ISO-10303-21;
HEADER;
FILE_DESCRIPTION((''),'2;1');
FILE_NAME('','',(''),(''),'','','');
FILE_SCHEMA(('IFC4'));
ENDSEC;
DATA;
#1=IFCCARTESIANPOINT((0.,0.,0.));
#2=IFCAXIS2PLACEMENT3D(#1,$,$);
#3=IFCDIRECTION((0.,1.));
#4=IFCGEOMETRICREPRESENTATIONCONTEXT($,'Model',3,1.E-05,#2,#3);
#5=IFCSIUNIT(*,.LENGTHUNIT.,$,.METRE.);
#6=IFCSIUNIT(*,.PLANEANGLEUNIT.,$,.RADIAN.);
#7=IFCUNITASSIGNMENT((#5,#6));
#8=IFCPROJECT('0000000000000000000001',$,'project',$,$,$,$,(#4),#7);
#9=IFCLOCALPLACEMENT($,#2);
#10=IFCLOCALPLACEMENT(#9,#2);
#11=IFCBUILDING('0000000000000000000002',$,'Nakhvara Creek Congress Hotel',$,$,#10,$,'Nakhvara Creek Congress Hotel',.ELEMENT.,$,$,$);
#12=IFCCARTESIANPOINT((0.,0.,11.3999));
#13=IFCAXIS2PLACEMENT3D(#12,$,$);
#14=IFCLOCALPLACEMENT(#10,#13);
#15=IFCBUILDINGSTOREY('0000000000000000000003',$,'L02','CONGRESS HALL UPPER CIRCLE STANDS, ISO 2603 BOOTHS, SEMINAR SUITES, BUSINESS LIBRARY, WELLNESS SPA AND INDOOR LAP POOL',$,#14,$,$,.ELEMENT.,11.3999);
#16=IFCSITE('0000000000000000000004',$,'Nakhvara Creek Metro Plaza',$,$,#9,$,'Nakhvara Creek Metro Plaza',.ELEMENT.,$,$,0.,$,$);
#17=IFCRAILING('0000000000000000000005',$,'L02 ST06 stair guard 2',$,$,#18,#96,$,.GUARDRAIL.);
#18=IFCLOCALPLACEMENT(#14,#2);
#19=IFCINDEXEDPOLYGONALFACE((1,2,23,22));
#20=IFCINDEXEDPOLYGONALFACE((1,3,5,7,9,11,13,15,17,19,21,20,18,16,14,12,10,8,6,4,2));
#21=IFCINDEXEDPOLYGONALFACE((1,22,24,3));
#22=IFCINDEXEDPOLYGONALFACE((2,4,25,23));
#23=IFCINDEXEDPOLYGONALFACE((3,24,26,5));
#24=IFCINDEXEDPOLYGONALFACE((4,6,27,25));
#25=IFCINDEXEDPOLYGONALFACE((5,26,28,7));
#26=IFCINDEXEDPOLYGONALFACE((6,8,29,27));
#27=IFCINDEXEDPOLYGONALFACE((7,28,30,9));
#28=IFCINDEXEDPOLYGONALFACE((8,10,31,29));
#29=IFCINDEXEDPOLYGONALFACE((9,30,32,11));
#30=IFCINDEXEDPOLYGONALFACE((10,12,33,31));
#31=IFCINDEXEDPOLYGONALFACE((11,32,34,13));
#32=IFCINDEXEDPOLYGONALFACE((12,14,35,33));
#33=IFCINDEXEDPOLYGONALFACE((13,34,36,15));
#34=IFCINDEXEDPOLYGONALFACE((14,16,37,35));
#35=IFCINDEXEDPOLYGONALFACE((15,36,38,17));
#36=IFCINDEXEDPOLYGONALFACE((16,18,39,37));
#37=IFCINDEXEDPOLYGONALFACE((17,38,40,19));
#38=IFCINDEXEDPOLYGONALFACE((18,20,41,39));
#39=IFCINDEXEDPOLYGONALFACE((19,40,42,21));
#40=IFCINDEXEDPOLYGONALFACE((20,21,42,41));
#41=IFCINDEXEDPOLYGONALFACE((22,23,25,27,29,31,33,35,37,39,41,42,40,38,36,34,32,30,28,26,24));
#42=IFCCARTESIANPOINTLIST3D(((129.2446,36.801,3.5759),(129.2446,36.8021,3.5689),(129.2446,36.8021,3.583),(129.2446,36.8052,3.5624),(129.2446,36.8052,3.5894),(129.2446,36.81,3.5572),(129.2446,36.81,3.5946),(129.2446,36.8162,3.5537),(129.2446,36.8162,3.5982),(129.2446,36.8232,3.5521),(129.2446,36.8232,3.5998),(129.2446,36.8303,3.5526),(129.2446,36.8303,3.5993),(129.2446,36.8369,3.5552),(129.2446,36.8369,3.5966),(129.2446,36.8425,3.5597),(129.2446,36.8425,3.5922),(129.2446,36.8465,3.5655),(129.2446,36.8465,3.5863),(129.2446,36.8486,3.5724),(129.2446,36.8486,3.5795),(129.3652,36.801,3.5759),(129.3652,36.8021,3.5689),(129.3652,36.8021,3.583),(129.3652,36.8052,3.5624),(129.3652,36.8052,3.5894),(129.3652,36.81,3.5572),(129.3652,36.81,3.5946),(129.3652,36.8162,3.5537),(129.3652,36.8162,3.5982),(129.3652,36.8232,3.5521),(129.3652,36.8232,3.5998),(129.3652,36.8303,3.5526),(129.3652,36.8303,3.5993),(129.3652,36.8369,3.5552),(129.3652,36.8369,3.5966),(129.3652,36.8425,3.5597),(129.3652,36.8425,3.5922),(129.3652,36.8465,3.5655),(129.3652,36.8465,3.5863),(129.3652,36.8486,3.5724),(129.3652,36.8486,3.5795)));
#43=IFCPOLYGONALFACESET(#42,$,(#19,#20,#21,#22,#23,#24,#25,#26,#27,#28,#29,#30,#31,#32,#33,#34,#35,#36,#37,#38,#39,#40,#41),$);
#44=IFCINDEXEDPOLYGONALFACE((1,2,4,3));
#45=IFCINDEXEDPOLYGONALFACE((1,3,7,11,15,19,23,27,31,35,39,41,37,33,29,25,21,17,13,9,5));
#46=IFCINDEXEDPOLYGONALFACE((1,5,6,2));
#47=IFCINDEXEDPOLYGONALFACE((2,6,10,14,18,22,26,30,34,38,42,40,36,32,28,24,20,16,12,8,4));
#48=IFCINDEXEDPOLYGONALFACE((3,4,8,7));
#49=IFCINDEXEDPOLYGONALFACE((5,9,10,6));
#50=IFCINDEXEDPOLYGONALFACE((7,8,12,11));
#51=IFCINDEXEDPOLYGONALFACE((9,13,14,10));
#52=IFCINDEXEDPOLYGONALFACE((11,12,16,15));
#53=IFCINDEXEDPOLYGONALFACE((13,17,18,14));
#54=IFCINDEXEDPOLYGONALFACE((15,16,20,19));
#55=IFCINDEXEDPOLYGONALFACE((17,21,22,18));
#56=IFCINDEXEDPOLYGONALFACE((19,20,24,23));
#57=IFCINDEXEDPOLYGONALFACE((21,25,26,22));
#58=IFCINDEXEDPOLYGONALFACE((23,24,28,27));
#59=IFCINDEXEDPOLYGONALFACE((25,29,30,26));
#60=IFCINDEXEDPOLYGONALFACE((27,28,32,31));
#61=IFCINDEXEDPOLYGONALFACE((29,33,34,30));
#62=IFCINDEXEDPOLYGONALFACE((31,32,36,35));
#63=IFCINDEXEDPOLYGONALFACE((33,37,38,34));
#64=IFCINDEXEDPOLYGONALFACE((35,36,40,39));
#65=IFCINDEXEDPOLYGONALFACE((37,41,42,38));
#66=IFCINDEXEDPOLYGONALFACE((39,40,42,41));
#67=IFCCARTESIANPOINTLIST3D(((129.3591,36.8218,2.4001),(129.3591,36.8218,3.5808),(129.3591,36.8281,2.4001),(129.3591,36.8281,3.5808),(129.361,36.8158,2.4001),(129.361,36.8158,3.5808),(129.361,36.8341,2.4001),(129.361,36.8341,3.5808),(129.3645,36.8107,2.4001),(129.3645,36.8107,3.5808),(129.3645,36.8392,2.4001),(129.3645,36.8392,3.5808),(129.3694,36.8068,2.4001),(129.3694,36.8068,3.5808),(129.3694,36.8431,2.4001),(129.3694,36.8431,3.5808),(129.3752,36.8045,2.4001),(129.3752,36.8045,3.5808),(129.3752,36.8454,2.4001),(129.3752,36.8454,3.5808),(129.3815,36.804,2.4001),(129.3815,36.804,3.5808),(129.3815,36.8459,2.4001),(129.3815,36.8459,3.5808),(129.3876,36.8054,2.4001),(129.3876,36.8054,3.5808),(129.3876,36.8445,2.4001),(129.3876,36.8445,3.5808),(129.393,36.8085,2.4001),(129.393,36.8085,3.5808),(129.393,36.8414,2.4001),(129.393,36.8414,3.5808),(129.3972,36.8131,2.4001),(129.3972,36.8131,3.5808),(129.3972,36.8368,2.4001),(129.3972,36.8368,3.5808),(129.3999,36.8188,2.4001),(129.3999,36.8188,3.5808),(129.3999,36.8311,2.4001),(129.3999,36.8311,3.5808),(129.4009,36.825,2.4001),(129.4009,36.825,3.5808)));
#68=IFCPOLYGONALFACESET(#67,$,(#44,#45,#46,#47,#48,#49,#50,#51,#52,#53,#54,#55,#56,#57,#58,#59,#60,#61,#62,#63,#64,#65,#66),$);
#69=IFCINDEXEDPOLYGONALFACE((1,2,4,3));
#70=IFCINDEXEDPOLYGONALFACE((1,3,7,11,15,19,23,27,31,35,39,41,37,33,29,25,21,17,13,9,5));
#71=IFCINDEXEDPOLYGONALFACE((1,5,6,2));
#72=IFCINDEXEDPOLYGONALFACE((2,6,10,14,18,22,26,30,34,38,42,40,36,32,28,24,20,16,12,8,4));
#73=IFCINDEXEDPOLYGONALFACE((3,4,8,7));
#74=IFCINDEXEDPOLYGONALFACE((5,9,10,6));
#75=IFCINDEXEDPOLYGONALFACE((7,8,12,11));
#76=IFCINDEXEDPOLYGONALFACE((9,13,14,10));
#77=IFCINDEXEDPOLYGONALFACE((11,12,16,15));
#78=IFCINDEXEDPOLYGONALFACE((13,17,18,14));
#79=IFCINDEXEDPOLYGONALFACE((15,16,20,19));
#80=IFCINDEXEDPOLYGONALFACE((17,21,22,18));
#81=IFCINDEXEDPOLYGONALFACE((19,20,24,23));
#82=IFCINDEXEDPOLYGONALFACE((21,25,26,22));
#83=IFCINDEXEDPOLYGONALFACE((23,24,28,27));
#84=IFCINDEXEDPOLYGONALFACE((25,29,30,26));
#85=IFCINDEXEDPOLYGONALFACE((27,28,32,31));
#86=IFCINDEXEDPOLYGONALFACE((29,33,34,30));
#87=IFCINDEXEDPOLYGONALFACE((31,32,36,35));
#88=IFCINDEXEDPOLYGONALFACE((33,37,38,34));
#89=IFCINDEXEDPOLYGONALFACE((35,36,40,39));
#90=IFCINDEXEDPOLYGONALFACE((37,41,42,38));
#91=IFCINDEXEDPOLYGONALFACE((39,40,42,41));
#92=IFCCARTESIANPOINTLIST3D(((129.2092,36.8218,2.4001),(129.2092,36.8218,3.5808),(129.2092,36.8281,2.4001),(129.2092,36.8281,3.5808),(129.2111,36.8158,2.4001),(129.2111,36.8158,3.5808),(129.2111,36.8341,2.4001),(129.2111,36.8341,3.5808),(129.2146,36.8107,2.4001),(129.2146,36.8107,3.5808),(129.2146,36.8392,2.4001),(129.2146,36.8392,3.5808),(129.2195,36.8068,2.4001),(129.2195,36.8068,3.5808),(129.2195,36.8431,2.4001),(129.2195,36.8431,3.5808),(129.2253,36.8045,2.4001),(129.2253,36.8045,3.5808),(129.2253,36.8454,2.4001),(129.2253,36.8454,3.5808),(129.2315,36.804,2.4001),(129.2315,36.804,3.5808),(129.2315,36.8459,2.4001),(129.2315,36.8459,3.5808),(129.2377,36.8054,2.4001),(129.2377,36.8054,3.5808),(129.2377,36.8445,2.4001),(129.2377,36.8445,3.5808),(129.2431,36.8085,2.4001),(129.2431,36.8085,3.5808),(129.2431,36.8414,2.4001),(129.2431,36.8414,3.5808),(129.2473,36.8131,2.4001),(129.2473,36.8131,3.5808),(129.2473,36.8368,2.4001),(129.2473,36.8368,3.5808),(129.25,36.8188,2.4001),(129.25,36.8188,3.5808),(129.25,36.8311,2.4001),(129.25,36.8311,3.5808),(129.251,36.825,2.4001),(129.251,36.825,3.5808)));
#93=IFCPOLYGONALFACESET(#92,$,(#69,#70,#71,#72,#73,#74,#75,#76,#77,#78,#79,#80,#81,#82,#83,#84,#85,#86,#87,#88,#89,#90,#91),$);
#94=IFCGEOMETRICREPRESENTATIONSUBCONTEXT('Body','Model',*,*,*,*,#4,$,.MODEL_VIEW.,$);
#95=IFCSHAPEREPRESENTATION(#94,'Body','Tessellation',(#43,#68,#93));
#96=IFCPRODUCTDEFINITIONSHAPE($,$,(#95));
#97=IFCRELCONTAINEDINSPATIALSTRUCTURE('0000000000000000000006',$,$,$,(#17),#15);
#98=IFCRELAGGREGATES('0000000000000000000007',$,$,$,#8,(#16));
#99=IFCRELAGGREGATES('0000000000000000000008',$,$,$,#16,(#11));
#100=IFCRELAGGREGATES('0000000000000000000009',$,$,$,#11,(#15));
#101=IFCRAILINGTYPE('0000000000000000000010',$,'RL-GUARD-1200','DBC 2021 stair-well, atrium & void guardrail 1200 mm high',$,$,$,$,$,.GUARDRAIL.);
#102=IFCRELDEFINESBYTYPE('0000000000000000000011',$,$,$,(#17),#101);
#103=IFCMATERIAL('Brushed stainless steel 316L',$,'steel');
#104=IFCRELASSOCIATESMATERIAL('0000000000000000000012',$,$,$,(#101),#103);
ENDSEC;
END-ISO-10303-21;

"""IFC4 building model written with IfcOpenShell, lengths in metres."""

from ifc_helpers import new_model, si_unit, direction, frame, origin, origin_2d, place, context, subcontext, project, spatial, circle, extrude, material, type_object, element, save


model = new_model("IFC4")

# Units and contexts
model_context = context("Model", 3, precision=1e-05, world=origin(), true_north=direction((0.0, 1.0)))
body_context = subcontext(model_context, "Body", "Model", "MODEL_VIEW")
ifc_project = project(units=[si_unit("LENGTHUNIT", "METRE"), si_unit("PLANEANGLEUNIT", "RADIAN")], contexts=[model_context])

# Site, building, storey
site_placement = place(None, origin())
site = spatial("IfcSite", under=ifc_project, at=site_placement, Name="Nakhvara Creek Metro Plaza", LongName="Nakhvara Creek Metro Plaza", CompositionType="ELEMENT", RefElevation=0.0)
building_placement = place(site_placement, origin())
building = spatial("IfcBuilding", under=site, at=building_placement, Name="Nakhvara Creek Congress Hotel", LongName="Nakhvara Creek Congress Hotel", CompositionType="ELEMENT")
storey_placement = place(building_placement, frame((0.0, 0.0, 11.3999)))
storey = spatial("IfcBuildingStorey", under=building, at=storey_placement, Name="L02", Description="CONGRESS HALL UPPER CIRCLE STANDS, ISO 2603 BOOTHS, SEMINAR SUITES, BUSINESS LIBRARY, WELLNESS SPA AND INDOOR LAP POOL", CompositionType="ELEMENT", Elevation=11.3999)

# Railing
ifc_material_1 = material(Name="Brushed stainless steel 316L", Category="steel")
railing_type_1 = type_object("IfcRailingType", Name="RL-GUARD-1200", Description="DBC 2021 stair-well, atrium & void guardrail 1200 mm high", PredefinedType="GUARDRAIL", material=ifc_material_1)
railing_1_placement = place(storey_placement, frame((129.3799, 36.825, 2.4001)))
element("IfcRailing", 1, at=railing_1_placement, inside=storey, type_object=railing_type_1, Name="L02 ST06 stair guard 2", PredefinedType="GUARDRAIL", context=body_context, shape_type="SweptSolid", body=[
    extrude(circle(Radius=0.0239, at=origin_2d()), frame((-0.0146, 0.0, 1.1758), z_axis=(-1.0, 0.0, 0.0), x_axis=(0.0, -1.0, 0.0)), (0.0, 0.0, 1.0), 0.1206),
    extrude(circle(Radius=0.021, at=origin_2d()), origin(), (0.0, 0.0, 1.0), 1.1807),
    extrude(circle(Radius=0.021, at=origin_2d()), frame((-0.1499, 0.0, 0.0)), (0.0, 0.0, 1.0), 1.1807),
])

save(model, "model.ifc")
